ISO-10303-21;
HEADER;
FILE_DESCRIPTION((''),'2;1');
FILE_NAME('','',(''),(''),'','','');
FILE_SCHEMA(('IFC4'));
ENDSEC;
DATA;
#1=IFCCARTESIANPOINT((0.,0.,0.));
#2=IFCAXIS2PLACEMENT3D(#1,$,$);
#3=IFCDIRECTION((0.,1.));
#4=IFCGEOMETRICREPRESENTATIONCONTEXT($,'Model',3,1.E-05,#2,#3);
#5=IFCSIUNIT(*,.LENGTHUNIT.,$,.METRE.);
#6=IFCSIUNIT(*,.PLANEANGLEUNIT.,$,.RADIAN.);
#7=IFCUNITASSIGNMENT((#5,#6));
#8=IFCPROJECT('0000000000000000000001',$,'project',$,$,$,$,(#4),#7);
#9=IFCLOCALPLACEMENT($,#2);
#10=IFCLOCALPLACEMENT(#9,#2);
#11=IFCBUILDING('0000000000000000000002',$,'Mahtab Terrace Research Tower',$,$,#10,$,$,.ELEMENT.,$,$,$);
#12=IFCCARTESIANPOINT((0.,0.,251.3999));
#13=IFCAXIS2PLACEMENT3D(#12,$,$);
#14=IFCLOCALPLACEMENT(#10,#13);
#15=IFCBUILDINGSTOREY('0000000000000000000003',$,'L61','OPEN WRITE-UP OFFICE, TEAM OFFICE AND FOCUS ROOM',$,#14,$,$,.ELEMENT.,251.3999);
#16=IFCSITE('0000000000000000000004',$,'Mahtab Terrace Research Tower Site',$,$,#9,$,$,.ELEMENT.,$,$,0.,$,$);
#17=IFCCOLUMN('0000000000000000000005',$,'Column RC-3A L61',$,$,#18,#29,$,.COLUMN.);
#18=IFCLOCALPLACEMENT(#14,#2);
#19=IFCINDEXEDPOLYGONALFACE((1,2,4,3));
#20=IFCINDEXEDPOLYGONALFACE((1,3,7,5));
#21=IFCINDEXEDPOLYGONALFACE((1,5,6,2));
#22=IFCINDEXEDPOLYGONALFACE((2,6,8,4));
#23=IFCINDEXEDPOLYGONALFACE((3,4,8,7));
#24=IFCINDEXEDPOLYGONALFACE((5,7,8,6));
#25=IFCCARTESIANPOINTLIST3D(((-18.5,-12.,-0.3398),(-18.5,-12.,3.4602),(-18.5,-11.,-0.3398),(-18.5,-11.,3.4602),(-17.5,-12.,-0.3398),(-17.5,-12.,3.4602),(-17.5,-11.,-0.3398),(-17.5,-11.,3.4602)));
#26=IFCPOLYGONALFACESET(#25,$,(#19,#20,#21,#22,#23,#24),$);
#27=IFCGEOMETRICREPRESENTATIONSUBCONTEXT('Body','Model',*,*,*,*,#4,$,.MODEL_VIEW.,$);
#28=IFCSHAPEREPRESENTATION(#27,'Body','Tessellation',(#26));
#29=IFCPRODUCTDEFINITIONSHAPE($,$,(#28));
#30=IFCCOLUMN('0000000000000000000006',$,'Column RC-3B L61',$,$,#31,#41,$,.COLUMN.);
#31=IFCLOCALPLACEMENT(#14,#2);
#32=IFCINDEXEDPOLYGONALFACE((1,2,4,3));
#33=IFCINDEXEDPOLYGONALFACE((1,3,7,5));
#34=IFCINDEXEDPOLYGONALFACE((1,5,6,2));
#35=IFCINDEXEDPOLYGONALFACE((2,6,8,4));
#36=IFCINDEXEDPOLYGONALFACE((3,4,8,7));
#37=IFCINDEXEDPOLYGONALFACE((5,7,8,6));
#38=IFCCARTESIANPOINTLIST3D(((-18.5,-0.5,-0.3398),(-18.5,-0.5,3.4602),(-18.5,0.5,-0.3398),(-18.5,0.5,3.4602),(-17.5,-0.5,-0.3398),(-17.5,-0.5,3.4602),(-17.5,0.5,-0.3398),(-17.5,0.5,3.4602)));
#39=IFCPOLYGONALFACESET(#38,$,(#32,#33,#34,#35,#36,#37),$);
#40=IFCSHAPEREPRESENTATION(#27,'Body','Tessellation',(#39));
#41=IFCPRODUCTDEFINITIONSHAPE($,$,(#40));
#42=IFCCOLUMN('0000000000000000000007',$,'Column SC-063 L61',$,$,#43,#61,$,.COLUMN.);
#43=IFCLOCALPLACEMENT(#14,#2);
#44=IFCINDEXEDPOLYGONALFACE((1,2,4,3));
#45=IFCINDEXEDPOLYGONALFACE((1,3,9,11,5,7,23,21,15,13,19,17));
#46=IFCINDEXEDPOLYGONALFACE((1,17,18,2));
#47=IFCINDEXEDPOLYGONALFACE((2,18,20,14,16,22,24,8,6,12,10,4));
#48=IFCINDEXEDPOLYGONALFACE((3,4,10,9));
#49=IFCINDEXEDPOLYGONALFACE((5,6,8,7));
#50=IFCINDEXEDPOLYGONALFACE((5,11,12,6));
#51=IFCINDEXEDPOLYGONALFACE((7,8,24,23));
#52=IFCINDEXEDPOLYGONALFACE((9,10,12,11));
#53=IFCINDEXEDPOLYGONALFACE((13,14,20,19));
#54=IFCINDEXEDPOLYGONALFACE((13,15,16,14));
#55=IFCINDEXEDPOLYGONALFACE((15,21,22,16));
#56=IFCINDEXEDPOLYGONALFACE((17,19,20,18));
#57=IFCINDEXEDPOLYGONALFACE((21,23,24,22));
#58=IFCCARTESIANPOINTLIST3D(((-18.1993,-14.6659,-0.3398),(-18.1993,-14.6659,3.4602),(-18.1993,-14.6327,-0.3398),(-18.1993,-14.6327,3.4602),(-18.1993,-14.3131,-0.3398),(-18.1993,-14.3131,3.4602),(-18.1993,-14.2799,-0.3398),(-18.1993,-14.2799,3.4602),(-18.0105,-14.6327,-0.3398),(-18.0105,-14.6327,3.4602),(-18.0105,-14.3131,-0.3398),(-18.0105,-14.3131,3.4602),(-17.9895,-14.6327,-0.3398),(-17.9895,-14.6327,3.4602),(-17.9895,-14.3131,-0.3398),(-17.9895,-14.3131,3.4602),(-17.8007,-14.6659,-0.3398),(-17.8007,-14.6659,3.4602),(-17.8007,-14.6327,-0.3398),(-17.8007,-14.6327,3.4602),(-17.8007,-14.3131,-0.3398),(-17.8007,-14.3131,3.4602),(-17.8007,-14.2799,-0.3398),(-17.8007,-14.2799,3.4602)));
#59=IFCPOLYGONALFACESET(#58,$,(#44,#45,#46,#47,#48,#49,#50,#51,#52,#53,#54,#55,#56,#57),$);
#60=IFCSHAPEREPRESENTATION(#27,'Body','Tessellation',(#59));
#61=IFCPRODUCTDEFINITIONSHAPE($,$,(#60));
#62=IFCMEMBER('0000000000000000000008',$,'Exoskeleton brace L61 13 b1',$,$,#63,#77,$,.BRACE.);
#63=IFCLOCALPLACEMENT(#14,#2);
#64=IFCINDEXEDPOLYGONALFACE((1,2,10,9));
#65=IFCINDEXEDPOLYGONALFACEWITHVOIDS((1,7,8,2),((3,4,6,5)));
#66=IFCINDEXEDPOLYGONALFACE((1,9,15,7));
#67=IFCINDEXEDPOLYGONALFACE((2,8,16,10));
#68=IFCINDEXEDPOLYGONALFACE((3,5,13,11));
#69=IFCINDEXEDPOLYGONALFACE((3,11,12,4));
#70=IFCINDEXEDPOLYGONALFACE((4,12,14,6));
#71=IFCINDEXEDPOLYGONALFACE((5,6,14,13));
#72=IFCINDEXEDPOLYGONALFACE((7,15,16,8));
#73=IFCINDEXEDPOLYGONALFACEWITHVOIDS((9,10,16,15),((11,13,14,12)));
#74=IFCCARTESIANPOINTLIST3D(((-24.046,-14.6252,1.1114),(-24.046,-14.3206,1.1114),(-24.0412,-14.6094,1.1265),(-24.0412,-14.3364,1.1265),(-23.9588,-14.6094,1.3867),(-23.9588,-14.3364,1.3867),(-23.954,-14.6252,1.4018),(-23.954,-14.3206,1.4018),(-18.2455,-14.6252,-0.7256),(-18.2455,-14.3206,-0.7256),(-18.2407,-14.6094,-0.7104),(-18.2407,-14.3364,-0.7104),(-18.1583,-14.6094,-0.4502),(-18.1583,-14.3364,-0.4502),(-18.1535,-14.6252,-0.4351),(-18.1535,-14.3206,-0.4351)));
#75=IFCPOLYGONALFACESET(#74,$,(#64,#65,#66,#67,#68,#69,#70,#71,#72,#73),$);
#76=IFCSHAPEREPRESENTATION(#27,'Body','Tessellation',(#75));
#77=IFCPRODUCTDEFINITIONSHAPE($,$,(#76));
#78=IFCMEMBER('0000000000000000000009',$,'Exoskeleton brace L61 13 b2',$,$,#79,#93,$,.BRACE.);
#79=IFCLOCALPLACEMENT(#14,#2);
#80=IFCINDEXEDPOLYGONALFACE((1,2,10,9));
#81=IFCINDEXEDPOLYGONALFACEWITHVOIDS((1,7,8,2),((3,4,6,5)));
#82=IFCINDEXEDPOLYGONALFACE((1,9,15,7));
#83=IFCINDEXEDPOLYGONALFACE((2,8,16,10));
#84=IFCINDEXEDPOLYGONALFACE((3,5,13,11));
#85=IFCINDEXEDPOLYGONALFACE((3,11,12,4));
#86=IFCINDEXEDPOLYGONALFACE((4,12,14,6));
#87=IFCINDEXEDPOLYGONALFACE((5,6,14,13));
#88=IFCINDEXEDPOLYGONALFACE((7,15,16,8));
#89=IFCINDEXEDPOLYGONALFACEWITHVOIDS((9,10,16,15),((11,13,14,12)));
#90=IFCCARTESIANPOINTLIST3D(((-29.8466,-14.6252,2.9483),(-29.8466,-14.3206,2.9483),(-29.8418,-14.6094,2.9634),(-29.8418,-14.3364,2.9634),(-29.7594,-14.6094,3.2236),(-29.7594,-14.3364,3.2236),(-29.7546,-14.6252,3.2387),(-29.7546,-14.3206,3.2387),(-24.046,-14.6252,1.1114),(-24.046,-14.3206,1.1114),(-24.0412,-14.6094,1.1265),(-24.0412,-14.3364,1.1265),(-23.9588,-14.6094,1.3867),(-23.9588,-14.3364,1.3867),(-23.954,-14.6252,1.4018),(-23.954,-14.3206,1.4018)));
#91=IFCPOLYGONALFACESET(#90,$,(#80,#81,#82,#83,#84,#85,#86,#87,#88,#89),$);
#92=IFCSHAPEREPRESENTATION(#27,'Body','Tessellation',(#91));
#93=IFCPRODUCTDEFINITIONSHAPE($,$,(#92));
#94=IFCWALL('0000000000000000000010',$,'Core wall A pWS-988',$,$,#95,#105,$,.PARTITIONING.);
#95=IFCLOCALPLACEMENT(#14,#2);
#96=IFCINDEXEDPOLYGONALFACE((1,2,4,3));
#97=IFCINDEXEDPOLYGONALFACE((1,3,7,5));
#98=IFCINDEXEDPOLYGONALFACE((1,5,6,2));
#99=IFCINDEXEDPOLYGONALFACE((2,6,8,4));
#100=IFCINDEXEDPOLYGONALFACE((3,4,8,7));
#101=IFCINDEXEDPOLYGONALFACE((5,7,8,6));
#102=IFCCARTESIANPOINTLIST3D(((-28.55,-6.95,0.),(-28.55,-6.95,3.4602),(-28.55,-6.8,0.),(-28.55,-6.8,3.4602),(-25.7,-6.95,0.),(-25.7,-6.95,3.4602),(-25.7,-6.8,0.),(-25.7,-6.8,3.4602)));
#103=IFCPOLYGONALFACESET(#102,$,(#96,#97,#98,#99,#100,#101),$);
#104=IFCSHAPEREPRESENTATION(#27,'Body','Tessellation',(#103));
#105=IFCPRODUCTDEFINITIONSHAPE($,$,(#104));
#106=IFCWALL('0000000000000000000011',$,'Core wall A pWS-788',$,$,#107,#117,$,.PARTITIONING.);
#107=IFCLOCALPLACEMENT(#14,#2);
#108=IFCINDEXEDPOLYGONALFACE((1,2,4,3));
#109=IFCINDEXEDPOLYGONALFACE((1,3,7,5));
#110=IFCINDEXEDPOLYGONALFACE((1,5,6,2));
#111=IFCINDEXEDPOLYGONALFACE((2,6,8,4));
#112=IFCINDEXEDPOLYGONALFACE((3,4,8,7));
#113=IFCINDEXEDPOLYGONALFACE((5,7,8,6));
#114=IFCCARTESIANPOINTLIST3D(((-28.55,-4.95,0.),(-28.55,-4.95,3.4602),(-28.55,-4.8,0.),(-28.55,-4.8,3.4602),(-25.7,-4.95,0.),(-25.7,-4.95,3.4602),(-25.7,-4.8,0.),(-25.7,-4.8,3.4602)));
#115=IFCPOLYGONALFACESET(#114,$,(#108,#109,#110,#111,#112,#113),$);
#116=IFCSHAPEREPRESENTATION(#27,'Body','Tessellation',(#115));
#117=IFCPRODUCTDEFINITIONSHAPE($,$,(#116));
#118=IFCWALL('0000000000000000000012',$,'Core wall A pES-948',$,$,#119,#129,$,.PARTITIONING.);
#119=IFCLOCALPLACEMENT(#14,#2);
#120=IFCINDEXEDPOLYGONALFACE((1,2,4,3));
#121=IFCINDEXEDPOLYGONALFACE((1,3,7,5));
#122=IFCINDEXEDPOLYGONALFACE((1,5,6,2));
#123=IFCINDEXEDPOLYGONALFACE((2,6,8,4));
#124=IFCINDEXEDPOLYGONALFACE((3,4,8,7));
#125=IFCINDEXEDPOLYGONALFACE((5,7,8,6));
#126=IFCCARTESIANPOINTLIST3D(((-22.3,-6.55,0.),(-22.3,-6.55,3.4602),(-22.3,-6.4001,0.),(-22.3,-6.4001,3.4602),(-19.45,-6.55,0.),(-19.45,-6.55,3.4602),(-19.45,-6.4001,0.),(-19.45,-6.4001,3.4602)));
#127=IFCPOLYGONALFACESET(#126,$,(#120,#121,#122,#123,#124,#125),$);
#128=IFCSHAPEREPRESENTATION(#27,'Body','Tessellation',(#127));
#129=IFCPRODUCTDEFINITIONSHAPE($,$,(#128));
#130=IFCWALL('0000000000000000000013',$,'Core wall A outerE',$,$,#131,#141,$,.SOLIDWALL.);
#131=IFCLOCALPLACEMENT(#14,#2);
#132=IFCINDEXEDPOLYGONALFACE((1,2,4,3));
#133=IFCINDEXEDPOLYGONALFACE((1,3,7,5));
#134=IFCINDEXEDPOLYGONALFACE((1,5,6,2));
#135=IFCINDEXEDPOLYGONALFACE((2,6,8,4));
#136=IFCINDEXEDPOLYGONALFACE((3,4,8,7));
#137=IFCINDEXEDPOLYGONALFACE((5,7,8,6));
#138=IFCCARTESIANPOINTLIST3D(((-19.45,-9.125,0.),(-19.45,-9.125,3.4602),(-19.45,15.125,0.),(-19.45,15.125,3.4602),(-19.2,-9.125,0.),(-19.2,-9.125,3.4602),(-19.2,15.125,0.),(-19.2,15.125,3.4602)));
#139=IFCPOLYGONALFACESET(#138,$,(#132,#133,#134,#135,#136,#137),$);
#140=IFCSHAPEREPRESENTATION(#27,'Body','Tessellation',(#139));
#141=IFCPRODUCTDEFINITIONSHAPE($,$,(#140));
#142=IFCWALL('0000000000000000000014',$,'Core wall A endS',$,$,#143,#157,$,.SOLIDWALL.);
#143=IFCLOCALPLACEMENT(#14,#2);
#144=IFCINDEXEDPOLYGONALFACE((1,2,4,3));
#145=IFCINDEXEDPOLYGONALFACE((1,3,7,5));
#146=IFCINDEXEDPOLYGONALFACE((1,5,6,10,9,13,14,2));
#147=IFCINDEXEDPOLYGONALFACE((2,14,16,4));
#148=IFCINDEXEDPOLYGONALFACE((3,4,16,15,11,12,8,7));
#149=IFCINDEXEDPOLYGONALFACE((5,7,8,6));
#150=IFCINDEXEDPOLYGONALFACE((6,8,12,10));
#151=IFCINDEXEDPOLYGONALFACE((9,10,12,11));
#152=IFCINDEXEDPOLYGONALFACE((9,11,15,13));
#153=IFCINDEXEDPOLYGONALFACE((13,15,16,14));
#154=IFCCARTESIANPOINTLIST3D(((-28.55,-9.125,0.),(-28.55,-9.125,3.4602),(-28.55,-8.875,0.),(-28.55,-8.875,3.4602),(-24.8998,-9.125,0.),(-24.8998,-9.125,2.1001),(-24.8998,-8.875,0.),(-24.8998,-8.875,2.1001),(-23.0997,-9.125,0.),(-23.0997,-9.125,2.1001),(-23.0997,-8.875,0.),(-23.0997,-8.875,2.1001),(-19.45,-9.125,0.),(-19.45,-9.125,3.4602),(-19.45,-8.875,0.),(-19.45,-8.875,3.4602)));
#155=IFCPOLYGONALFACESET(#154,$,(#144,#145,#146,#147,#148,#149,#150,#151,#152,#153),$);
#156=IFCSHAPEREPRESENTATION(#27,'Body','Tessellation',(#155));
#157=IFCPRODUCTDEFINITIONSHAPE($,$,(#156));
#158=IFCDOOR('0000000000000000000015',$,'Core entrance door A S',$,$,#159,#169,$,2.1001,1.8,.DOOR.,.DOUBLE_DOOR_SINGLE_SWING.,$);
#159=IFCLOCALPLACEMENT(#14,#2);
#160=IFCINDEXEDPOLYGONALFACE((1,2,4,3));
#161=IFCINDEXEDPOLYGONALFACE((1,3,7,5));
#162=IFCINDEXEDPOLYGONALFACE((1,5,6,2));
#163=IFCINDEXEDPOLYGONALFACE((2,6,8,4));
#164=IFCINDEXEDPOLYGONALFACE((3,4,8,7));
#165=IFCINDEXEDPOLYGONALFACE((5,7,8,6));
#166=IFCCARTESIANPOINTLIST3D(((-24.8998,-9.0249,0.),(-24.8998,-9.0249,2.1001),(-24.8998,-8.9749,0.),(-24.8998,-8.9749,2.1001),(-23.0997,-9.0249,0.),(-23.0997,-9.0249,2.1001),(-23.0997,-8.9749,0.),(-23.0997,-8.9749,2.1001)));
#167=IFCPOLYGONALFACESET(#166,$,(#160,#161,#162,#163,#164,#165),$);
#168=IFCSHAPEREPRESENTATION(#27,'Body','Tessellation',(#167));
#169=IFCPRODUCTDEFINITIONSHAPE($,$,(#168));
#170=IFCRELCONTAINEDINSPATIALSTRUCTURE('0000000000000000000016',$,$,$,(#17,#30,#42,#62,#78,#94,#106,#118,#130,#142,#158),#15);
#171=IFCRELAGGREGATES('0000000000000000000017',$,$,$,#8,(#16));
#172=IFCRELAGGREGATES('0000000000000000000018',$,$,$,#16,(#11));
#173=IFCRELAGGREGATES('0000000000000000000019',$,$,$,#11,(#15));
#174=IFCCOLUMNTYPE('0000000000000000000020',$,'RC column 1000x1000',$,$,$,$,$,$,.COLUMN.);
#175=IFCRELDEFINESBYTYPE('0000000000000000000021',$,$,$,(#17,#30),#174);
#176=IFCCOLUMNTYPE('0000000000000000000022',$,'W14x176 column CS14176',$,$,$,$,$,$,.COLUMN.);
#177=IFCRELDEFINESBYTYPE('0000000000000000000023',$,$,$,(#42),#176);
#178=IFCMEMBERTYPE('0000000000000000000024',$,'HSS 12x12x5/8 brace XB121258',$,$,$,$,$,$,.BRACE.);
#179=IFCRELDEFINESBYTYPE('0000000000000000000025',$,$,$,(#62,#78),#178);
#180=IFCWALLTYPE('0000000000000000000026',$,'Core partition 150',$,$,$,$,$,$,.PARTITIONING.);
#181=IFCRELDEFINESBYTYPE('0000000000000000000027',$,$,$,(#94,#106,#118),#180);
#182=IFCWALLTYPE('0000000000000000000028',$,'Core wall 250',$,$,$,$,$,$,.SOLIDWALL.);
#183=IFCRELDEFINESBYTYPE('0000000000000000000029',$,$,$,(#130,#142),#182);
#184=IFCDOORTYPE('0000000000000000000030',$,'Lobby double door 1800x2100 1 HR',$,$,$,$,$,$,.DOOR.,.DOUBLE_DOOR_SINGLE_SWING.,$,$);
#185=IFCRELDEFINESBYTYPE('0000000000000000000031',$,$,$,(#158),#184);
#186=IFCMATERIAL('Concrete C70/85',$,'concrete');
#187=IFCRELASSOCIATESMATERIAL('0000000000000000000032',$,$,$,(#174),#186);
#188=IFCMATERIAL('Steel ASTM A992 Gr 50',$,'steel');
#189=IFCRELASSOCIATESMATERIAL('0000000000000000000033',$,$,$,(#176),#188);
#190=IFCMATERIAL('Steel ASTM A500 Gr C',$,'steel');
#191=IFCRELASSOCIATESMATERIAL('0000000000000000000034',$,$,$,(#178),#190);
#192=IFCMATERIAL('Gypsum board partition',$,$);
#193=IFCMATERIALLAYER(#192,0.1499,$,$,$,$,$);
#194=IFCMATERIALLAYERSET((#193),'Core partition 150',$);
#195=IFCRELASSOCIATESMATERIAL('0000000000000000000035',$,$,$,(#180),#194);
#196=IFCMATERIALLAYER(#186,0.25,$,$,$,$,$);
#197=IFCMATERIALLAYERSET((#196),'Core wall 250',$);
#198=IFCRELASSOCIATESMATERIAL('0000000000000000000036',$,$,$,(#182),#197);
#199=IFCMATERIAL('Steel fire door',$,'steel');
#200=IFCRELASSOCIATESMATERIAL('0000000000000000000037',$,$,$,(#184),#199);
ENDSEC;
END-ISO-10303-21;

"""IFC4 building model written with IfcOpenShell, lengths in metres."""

from ifc_helpers import new_model, si_unit, direction, frame, frame_2d, origin, origin_2d, place, context, subcontext, project, spatial, rectangle, hollow_rectangle, i_section, extrude, material, layer, layer_set, material_profile, profile_set, type_object, element, fill, save


model = new_model("IFC4")

# Units and contexts
model_context = context("Model", 3, precision=1e-05, world=origin(), true_north=direction((0.0, 1.0)))
body_context = subcontext(model_context, "Body", "Model", "MODEL_VIEW")
ifc_project = project(units=[si_unit("LENGTHUNIT", "METRE"), si_unit("PLANEANGLEUNIT", "RADIAN")], contexts=[model_context])

# Site, building, storey
site_placement = place(None, origin())
site = spatial("IfcSite", under=ifc_project, at=site_placement, Name="Mahtab Terrace Research Tower Site", CompositionType="ELEMENT", RefElevation=0.0)
building_placement = place(site_placement, origin())
building = spatial("IfcBuilding", under=site, at=building_placement, Name="Mahtab Terrace Research Tower", CompositionType="ELEMENT")
storey_placement = place(building_placement, frame((0.0, 0.0, 251.3999)))
storey = spatial("IfcBuildingStorey", under=building, at=storey_placement, Name="L61", Description="OPEN WRITE-UP OFFICE, TEAM OFFICE AND FOCUS ROOM", CompositionType="ELEMENT", Elevation=251.3999)

# Columns
ifc_material_1 = material(Name="Concrete C70/85", Category="concrete")
ifc_material_profile_1 = material_profile(ifc_material_1, rectangle(XDim=1.0, YDim=1.0, at=origin_2d()), Name="RC column 1000x1000")
ifc_profile_set_1 = profile_set([ifc_material_profile_1], Name="Concrete C70/85")
column_type_1 = type_object("IfcColumnType", Name="RC column 1000x1000", PredefinedType="COLUMN", material=ifc_profile_set_1)
for number, where, z_axis, x_axis, name in (
    (1, (-18.0, -11.5, -0.3398), (0.0, 0.0, 1.0), (1.0, 0.0, 0.0), "Column RC-3A L61"),
    (2, (-18.0, 0.0, -0.3398), (0.0, 0.0, 1.0), (1.0, 0.0, 0.0), "Column RC-3B L61"),
):
    element("IfcColumn", number, at=place(storey_placement, frame(where, z_axis=z_axis, x_axis=x_axis)), inside=storey, type_object=column_type_1, Name=name, PredefinedType="COLUMN", context=body_context, shape_type="SweptSolid", body=[
        extrude(rectangle(XDim=1.0, YDim=1.0, at=origin_2d()), origin(), (0.0, 0.0, 1.0), 3.8),
    ])
ifc_material_2 = material(Name="Steel ASTM A992 Gr 50", Category="steel")
ifc_material_profile_2 = material_profile(ifc_material_2, i_section(OverallWidth=0.3987, OverallDepth=0.386, WebThickness=0.021, FlangeThickness=0.0332, at=origin_2d()), Name="W14X176")
ifc_profile_set_2 = profile_set([ifc_material_profile_2], Name="Steel ASTM A992 Gr 50")
column_type_2 = type_object("IfcColumnType", Name="W14x176 column CS14176", PredefinedType="COLUMN", material=ifc_profile_set_2)
column_placement = place(storey_placement, frame((-18.0, -14.4729, -0.3398), z_axis=(0.0, 0.0, 1.0), x_axis=(1.0, 0.0, 0.0)))
element("IfcColumn", 3, at=column_placement, inside=storey, type_object=column_type_2, Name="Column SC-063 L61", PredefinedType="COLUMN", context=body_context, shape_type="SweptSolid", body=[
    extrude(i_section(OverallWidth=0.3987, OverallDepth=0.386, WebThickness=0.021, FlangeThickness=0.0332, at=origin_2d()), origin(), (0.0, 0.0, 1.0), 3.8),
])

# Members
ifc_material_3 = material(Name="Steel ASTM A500 Gr C", Category="steel")
ifc_material_profile_3 = material_profile(ifc_material_3, hollow_rectangle(XDim=0.3047, YDim=0.3047, WallThickness=0.0159, at=origin_2d()), Name="HSS12X12X5/8")
ifc_profile_set_3 = profile_set([ifc_material_profile_3], Name="Steel ASTM A500 Gr C")
member_type = type_object("IfcMemberType", Name="HSS 12x12x5/8 brace XB121258", PredefinedType="BRACE", material=ifc_profile_set_3)
for number, where, z_axis, x_axis, name in (
    (4, (-18.1995, -14.4729, -0.5803), (-0.953339, 0.0, 0.301903), (0.0, -1.0, 0.0), "Exoskeleton brace L61 13 b1"),
    (5, (-24.0, -14.4729, 1.2566), (-0.953339, 0.0, 0.301903), (0.0, -1.0, 0.0), "Exoskeleton brace L61 13 b2"),
):
    element("IfcMember", number, at=place(storey_placement, frame(where, z_axis=z_axis, x_axis=x_axis)), inside=storey, type_object=member_type, Name=name, PredefinedType="BRACE", context=body_context, shape_type="SweptSolid", body=[
        extrude(hollow_rectangle(XDim=0.3047, YDim=0.3047, WallThickness=0.0159, at=origin_2d()), origin(), (0.0, 0.0, 1.0), 6.0845),
    ])

# Walls
ifc_material_4 = material(Name="Gypsum board partition")
ifc_layer_1 = layer(ifc_material_4, 0.1499)
ifc_layer_set_1 = layer_set([ifc_layer_1], Name="Core partition 150")
wall_type_1 = type_object("IfcWallType", Name="Core partition 150", PredefinedType="PARTITIONING", material=ifc_layer_set_1)
for number, where, z_axis, x_axis, name in (
    (6, (-28.55, -6.875, 0.0), (0.0, 0.0, 1.0), (1.0, 0.0, 0.0), "Core wall A pWS-988"),
    (7, (-28.55, -4.875, 0.0), (0.0, 0.0, 1.0), (1.0, 0.0, 0.0), "Core wall A pWS-788"),
    (8, (-22.3, -6.4751, 0.0), (0.0, 0.0, 1.0), (1.0, 0.0, 0.0), "Core wall A pES-948"),
):
    element("IfcWall", number, at=place(storey_placement, frame(where, z_axis=z_axis, x_axis=x_axis)), inside=storey, type_object=wall_type_1, Name=name, PredefinedType="PARTITIONING", context=body_context, shape_type="SweptSolid", body=[
        extrude(rectangle(XDim=2.8501, YDim=0.1499, at=frame_2d((1.425, 0.0))), origin(), (0.0, 0.0, 1.0), 3.4602),
    ])
ifc_layer_2 = layer(ifc_material_1, 0.25)
ifc_layer_set_2 = layer_set([ifc_layer_2], Name="Core wall 250")
wall_type_2 = type_object("IfcWallType", Name="Core wall 250", PredefinedType="SOLIDWALL", material=ifc_layer_set_2)
wall_1_placement = place(storey_placement, frame((-19.325, -9.125, 0.0), z_axis=(0.0, 0.0, 1.0), x_axis=(0.0, 1.0, 0.0)))
element("IfcWall", 9, at=wall_1_placement, inside=storey, type_object=wall_type_2, Name="Core wall A outerE", PredefinedType="SOLIDWALL", context=body_context, shape_type="SweptSolid", body=[
    extrude(rectangle(XDim=24.25, YDim=0.25, at=frame_2d((12.125, 0.0))), origin(), (0.0, 0.0, 1.0), 3.4602),
])

# Wall, opening, door
wall_2_placement = place(storey_placement, frame((-19.45, -9.0, 0.0), z_axis=(0.0, 0.0, 1.0), x_axis=(-1.0, 0.0, 0.0)))
wall_2 = element("IfcWall", 10, at=wall_2_placement, inside=storey, type_object=wall_type_2, Name="Core wall A endS", PredefinedType="SOLIDWALL", context=body_context, shape_type="SweptSolid", body=[
    extrude(rectangle(XDim=9.1001, YDim=0.25, at=frame_2d((4.55, 0.0))), origin(), (0.0, 0.0, 1.0), 3.4602),
])
opening_1_placement = place(wall_2_placement, frame((3.6499, 0.0, 0.0)))
opening_1 = element("IfcOpeningElement", 11, at=opening_1_placement, cuts=wall_2, PredefinedType="OPENING", context=body_context, shape_type="SweptSolid", body=[
    extrude(rectangle(XDim=1.8, YDim=2.1001, at=frame_2d((0.8999, 1.05))), frame((0.0, 0.135, 0.0), z_axis=(0.0, -1.0, 0.0), x_axis=(1.0, 0.0, 0.0)), (0.0, 0.0, 1.0), 0.27),
])
ifc_material_5 = material(Name="Steel fire door", Category="steel")
door_type_1 = type_object("IfcDoorType", Name="Lobby double door 1800x2100 1 HR", OperationType="DOUBLE_DOOR_SINGLE_SWING", PredefinedType="DOOR", material=ifc_material_5)
door_1_placement = place(opening_1_placement, origin())
door_1 = element("IfcDoor", 12, at=door_1_placement, inside=storey, type_object=door_type_1, Name="Core entrance door A S", OperationType="DOUBLE_DOOR_SINGLE_SWING", OverallHeight=2.1001, OverallWidth=1.8, PredefinedType="DOOR", context=body_context, shape_type="SweptSolid", body=[
    extrude(rectangle(XDim=1.8, YDim=2.1001, at=frame_2d((0.8999, 1.05))), frame((0.0, 0.0249, 0.0), z_axis=(0.0, -1.0, 0.0), x_axis=(1.0, 0.0, 0.0)), (0.0, 0.0, 1.0), 0.05),
])
fill(opening_1, door_1)

save(model, "model.ifc")
